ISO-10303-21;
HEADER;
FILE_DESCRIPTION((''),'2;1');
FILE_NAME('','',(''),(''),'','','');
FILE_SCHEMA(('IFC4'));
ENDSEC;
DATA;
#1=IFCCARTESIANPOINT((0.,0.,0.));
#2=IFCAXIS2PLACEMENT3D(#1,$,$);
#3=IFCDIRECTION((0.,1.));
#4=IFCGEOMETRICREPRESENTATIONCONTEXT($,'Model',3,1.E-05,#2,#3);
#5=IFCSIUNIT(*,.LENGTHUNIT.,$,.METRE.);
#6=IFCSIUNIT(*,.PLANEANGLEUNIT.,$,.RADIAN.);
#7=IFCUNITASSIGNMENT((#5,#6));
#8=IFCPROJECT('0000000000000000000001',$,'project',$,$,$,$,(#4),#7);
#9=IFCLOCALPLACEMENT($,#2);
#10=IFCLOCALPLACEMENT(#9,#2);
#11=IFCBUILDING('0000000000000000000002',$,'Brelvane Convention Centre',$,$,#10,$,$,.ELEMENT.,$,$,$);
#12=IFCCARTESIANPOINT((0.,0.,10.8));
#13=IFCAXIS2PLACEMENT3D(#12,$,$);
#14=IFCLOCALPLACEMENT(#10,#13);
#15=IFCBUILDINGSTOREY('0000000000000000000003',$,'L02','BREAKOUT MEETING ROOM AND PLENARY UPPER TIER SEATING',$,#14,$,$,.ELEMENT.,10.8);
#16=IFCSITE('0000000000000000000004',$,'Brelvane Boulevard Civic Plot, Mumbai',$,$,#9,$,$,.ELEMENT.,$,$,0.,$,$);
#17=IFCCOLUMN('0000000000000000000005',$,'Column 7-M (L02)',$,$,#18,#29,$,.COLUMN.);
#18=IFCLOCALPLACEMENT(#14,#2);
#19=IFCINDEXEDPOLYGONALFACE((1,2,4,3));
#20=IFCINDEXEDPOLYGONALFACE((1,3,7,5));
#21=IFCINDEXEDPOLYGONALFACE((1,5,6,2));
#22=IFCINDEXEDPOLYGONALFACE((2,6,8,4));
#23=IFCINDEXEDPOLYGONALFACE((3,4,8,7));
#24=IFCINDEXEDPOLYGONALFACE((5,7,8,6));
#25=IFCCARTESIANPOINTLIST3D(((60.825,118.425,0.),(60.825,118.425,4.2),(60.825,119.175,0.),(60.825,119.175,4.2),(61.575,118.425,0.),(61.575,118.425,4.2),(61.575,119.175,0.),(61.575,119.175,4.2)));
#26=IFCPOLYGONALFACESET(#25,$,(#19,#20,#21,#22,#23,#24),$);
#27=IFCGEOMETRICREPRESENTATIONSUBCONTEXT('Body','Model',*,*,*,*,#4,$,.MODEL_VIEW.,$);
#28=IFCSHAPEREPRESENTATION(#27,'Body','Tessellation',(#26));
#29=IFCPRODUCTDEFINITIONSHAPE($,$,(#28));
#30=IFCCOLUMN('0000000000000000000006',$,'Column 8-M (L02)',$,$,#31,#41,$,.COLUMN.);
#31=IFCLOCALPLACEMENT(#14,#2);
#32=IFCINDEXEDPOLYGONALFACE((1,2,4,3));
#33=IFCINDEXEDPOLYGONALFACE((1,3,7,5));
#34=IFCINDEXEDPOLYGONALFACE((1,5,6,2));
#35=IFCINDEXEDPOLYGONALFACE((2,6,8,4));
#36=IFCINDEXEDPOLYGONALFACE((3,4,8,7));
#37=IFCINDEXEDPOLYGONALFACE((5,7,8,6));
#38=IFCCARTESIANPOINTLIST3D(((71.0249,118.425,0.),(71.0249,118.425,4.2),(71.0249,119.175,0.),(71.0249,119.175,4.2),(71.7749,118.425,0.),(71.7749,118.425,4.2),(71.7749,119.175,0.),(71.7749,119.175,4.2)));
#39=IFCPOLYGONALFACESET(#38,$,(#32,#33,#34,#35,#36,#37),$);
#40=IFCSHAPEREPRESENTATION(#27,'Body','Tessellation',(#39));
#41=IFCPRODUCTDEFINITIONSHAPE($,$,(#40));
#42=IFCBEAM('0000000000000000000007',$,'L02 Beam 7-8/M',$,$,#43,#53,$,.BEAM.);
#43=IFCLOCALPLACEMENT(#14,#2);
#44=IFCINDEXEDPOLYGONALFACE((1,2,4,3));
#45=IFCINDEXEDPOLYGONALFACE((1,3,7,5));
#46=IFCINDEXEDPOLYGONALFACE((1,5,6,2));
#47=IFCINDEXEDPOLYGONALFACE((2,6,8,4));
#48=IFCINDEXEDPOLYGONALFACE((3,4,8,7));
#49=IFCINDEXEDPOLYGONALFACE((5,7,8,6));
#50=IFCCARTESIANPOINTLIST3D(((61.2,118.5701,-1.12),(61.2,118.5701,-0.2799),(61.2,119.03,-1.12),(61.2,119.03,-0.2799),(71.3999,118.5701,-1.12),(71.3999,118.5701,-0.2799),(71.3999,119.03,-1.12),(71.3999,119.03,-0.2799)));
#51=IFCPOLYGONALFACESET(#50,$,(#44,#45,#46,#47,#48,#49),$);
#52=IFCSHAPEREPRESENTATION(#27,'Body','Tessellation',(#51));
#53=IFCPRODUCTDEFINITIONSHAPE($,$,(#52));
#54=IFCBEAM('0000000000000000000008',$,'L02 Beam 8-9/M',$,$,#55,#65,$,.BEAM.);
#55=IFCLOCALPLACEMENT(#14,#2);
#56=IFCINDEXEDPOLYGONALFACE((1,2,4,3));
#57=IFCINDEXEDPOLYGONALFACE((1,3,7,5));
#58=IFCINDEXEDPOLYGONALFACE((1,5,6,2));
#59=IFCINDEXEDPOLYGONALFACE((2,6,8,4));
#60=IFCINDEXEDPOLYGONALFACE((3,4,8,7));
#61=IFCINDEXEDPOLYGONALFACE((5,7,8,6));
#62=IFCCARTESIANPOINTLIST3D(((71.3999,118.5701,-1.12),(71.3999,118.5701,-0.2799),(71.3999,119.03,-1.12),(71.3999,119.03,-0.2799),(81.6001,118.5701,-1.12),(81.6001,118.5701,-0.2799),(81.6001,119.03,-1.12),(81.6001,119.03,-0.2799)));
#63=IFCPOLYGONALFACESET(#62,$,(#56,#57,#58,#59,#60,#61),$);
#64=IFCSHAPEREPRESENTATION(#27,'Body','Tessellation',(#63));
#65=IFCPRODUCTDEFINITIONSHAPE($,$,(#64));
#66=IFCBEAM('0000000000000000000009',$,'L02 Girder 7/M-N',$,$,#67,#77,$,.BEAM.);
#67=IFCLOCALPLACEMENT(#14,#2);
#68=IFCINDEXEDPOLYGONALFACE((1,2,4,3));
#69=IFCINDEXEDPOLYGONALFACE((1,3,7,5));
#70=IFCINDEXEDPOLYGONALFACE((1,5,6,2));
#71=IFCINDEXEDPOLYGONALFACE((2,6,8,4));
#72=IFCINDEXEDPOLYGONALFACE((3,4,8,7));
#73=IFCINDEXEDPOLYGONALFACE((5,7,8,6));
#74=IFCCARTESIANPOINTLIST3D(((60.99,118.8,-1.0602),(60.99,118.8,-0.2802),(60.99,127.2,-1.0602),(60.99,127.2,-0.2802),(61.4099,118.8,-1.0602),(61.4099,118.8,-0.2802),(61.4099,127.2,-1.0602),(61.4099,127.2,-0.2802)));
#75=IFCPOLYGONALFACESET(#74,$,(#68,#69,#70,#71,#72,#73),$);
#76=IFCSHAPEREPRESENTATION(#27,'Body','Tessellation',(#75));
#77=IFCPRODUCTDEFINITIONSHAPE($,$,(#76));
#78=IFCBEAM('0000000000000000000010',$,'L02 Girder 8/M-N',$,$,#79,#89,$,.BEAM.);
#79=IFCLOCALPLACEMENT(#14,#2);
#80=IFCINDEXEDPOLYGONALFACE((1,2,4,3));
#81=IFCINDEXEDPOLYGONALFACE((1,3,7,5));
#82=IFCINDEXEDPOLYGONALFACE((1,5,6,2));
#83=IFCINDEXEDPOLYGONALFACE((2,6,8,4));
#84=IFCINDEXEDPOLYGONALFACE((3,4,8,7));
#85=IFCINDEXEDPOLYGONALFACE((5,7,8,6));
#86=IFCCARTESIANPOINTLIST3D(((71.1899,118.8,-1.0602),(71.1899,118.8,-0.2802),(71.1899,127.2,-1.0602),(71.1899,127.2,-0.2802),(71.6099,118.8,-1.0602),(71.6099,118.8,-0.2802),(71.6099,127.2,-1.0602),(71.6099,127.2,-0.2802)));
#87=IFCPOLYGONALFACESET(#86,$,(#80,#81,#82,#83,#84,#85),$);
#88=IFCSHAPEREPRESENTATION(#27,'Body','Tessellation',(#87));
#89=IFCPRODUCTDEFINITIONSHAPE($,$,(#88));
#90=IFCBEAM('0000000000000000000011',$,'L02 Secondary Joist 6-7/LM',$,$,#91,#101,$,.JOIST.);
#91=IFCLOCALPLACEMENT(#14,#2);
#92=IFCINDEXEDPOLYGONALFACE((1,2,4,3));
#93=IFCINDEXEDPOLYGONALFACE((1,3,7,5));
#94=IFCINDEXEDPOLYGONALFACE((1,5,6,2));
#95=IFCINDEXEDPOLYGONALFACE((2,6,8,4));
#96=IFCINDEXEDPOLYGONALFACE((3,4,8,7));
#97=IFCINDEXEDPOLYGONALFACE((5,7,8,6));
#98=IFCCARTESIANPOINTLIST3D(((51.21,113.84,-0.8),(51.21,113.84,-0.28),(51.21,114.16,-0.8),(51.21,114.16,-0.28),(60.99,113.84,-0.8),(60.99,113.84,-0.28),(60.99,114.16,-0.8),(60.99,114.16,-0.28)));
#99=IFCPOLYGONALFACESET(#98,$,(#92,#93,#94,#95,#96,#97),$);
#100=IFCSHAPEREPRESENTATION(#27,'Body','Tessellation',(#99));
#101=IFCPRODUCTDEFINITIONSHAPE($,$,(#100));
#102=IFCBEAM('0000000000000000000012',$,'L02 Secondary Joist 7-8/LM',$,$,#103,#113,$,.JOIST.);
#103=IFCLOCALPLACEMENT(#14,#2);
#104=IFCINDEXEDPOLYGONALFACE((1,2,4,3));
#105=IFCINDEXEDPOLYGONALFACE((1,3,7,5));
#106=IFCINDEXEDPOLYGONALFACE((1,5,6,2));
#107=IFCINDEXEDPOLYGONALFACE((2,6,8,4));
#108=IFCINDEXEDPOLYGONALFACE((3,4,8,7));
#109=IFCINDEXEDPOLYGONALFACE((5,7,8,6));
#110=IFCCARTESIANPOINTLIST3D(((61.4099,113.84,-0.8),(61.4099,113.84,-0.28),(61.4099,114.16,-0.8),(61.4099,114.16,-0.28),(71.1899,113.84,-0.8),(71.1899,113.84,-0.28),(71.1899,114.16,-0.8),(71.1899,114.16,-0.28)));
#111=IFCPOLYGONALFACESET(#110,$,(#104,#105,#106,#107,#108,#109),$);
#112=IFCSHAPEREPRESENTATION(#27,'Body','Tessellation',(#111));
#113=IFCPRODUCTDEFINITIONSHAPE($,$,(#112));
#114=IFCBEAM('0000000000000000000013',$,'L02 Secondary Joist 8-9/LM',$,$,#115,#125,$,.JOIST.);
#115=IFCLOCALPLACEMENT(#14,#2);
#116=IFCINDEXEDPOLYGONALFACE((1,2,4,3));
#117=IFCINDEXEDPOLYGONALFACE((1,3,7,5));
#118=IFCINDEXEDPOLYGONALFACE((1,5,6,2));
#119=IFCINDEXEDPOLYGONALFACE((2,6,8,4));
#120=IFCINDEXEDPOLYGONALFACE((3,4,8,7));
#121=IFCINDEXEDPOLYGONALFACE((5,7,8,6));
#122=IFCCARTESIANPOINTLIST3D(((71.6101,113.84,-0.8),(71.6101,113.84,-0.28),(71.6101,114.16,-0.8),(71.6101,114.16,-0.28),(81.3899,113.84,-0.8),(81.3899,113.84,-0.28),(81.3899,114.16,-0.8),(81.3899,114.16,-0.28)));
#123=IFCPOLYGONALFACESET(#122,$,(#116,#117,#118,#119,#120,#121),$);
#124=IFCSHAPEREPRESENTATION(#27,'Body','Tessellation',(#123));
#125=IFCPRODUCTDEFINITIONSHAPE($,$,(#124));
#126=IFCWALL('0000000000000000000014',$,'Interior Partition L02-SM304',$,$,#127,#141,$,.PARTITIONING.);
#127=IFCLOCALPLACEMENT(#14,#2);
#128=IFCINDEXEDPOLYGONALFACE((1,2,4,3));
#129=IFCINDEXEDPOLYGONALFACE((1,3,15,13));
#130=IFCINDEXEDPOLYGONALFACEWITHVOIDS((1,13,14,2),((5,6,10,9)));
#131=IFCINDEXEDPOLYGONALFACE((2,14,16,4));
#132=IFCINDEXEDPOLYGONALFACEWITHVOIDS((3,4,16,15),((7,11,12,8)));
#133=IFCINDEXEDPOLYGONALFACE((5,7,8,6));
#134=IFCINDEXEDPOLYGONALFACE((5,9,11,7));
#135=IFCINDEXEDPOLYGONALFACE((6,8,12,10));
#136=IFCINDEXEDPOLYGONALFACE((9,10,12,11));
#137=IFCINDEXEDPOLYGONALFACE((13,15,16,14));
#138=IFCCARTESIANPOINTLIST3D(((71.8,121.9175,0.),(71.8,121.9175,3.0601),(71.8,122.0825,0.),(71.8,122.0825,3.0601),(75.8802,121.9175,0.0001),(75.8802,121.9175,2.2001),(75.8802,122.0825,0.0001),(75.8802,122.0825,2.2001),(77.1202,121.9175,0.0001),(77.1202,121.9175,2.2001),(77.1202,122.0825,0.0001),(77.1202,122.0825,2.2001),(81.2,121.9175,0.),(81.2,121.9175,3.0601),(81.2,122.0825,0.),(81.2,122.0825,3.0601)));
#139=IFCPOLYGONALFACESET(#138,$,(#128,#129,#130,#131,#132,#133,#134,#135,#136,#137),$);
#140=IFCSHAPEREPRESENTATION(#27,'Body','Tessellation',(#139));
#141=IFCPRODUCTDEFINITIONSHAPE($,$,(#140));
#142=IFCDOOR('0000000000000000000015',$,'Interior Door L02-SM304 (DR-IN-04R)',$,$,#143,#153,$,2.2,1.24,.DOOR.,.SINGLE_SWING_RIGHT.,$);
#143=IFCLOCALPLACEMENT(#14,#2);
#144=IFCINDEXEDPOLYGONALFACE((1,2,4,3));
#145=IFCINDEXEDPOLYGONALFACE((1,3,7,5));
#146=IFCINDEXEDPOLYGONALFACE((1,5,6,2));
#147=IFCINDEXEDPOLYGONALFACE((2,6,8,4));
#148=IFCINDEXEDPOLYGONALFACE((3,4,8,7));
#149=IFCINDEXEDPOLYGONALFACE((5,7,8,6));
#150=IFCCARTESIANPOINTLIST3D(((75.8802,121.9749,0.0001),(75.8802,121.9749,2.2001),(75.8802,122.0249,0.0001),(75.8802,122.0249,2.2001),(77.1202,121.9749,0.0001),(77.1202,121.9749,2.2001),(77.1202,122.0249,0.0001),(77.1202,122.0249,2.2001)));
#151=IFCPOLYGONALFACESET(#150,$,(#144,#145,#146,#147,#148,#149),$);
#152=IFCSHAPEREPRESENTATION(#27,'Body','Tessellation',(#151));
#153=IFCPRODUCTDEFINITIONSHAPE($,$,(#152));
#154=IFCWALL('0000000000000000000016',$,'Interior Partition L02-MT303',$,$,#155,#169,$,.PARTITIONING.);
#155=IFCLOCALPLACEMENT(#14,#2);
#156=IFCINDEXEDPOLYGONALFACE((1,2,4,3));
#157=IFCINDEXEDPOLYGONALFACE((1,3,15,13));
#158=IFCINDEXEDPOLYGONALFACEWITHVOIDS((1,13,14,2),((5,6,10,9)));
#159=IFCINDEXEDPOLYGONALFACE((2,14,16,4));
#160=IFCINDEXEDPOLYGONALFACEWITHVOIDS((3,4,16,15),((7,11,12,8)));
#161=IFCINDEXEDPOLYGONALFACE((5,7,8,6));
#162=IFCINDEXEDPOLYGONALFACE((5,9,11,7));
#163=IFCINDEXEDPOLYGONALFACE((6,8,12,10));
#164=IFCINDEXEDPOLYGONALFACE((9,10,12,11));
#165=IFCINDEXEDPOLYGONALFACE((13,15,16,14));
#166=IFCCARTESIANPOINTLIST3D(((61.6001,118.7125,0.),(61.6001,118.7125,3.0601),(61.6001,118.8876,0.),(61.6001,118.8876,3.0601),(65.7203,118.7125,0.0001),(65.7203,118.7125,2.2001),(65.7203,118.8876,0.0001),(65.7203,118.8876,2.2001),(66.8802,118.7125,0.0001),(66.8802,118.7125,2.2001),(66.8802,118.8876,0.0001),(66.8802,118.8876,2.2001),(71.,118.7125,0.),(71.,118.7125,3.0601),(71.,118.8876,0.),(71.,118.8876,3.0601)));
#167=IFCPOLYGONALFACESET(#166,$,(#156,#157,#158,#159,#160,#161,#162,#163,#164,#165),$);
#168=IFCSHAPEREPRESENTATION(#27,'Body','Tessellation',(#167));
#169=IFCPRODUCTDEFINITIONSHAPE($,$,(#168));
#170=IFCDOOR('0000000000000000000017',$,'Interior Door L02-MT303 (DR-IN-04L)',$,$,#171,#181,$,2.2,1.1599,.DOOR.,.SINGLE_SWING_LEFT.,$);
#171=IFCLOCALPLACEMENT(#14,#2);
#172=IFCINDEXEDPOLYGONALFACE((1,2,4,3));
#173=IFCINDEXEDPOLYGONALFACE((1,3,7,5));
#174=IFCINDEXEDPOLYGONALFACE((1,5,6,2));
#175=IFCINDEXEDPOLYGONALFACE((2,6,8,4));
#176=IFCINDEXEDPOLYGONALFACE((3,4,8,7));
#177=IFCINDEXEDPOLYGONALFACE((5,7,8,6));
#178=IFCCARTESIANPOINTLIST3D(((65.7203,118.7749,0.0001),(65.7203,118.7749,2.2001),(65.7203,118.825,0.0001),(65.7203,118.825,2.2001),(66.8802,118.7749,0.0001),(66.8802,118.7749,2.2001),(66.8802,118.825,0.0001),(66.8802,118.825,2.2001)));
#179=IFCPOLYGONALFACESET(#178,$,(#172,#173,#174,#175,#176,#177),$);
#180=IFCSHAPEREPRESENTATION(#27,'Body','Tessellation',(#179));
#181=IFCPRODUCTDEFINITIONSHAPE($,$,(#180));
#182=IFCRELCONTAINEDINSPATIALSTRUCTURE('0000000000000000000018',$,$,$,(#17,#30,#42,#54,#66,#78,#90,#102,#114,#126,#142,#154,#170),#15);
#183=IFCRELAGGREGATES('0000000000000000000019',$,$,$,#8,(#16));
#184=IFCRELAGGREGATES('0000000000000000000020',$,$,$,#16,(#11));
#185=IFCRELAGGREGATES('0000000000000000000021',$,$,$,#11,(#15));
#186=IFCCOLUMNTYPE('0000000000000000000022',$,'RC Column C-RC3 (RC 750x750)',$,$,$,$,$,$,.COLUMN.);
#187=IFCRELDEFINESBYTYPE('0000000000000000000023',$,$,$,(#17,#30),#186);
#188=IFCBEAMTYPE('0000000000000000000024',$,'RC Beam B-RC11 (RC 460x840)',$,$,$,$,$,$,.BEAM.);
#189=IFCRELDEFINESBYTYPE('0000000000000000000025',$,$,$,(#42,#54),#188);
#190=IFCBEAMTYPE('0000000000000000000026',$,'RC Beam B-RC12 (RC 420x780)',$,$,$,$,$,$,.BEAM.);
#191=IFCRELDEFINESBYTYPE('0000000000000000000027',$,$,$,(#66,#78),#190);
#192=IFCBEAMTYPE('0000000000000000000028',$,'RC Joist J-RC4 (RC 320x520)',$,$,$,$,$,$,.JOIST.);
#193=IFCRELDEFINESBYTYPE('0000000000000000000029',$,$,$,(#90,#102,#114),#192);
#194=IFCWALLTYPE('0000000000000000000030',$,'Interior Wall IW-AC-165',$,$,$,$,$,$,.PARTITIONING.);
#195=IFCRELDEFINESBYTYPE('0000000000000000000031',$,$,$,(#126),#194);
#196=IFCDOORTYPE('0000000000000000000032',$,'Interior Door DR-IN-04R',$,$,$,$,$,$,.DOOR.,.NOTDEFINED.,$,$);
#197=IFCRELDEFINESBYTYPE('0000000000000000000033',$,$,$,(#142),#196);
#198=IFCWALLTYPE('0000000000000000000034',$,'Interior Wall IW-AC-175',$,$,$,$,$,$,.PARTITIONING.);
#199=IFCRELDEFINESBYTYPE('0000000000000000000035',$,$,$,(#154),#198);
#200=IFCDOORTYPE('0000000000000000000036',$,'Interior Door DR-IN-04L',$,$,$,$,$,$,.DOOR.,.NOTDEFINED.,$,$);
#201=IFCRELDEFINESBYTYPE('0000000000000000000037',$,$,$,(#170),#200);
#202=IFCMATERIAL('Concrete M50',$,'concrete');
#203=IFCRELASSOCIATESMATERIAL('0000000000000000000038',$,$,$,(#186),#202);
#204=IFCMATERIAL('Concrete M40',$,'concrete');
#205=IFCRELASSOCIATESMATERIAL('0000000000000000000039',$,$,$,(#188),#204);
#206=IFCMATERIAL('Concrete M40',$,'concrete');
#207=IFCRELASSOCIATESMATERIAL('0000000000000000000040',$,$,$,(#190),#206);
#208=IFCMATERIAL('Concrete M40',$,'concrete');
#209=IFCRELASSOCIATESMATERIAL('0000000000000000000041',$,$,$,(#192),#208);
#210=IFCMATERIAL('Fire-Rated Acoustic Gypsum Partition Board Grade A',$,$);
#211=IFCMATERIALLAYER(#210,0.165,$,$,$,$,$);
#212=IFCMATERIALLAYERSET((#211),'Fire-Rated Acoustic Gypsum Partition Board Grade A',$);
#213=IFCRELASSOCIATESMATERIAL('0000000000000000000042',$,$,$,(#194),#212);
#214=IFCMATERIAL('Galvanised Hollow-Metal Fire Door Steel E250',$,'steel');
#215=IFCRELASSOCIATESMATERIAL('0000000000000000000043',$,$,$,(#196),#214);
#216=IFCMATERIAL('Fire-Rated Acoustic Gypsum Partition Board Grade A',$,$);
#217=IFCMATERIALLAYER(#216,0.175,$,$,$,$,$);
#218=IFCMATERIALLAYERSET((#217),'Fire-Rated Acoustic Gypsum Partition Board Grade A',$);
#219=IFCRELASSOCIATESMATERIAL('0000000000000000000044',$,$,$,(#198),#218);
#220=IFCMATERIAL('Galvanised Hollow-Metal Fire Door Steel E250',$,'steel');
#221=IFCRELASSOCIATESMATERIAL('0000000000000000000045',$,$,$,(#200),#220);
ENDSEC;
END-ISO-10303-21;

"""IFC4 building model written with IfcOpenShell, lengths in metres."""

from ifc_helpers import new_model, si_unit, direction, frame, frame_2d, origin, origin_2d, place, context, subcontext, project, spatial, rectangle, extrude, material, layer, layer_set, material_profile, profile_set, type_object, element, fill, save


model = new_model("IFC4")

# Units and contexts
model_context = context("Model", 3, precision=1e-05, world=origin(), true_north=direction((0.0, 1.0)))
body_context = subcontext(model_context, "Body", "Model", "MODEL_VIEW")
ifc_project = project(units=[si_unit("LENGTHUNIT", "METRE"), si_unit("PLANEANGLEUNIT", "RADIAN")], contexts=[model_context])

# Site, building, storey
site_placement = place(None, origin())
site = spatial("IfcSite", under=ifc_project, at=site_placement, Name="Brelvane Boulevard Civic Plot, Mumbai", CompositionType="ELEMENT", RefElevation=0.0)
building_placement = place(site_placement, origin())
building = spatial("IfcBuilding", under=site, at=building_placement, Name="Brelvane Convention Centre", CompositionType="ELEMENT")
storey_placement = place(building_placement, frame((0.0, 0.0, 10.8)))
storey = spatial("IfcBuildingStorey", under=building, at=storey_placement, Name="L02", Description="BREAKOUT MEETING ROOM AND PLENARY UPPER TIER SEATING", CompositionType="ELEMENT", Elevation=10.8)

# Columns
ifc_material_1 = material(Name="Concrete M50", Category="concrete")
ifc_material_profile_1 = material_profile(ifc_material_1, rectangle(XDim=0.75, YDim=0.75, at=origin_2d()), Name="RC 750x750")
ifc_profile_set_1 = profile_set([ifc_material_profile_1], Name="Concrete M50")
column_type = type_object("IfcColumnType", Name="RC Column C-RC3 (RC 750x750)", PredefinedType="COLUMN", material=ifc_profile_set_1)
for number, where, z_axis, x_axis, name in (
    (1, (61.2, 118.8, 0.0), (0.0, 0.0, 1.0), (1.0, 0.0, 0.0), "Column 7-M (L02)"),
    (2, (71.3999, 118.8, 0.0), (0.0, 0.0, 1.0), (1.0, 0.0, 0.0), "Column 8-M (L02)"),
):
    element("IfcColumn", number, at=place(storey_placement, frame(where, z_axis=z_axis, x_axis=x_axis)), inside=storey, type_object=column_type, Name=name, PredefinedType="COLUMN", context=body_context, shape_type="SweptSolid", body=[
        extrude(rectangle(XDim=0.75, YDim=0.75, at=origin_2d()), origin(), (0.0, 0.0, 1.0), 4.2),
    ])

# Beams
ifc_material_2 = material(Name="Concrete M40", Category="concrete")
ifc_material_profile_2 = material_profile(ifc_material_2, rectangle(XDim=0.46, YDim=0.8401, at=origin_2d()), Name="RC 460x840")
ifc_profile_set_2 = profile_set([ifc_material_profile_2], Name="Concrete M40")
beam_type_1 = type_object("IfcBeamType", Name="RC Beam B-RC11 (RC 460x840)", PredefinedType="BEAM", material=ifc_profile_set_2)
beam_1_placement = place(storey_placement, frame((61.2, 118.8, -0.7), z_axis=(1.0, 0.0, 0.0), x_axis=(0.0, 1.0, 0.0)))
element("IfcBeam", 3, at=beam_1_placement, inside=storey, type_object=beam_type_1, Name="L02 Beam 7-8/M", PredefinedType="BEAM", context=body_context, shape_type="SweptSolid", body=[
    extrude(rectangle(XDim=0.46, YDim=0.8401, at=origin_2d()), origin(), (0.0, 0.0, 1.0), 10.2),
])
beam_2_placement = place(storey_placement, frame((71.3999, 118.8, -0.7), z_axis=(1.0, 0.0, 0.0), x_axis=(0.0, 1.0, 0.0)))
element("IfcBeam", 4, at=beam_2_placement, inside=storey, type_object=beam_type_1, Name="L02 Beam 8-9/M", PredefinedType="BEAM", context=body_context, shape_type="SweptSolid", body=[
    extrude(rectangle(XDim=0.46, YDim=0.8401, at=origin_2d()), origin(), (0.0, 0.0, 1.0), 10.2002),
])
ifc_material_3 = material(Name="Concrete M40", Category="concrete")
ifc_material_profile_3 = material_profile(ifc_material_3, rectangle(XDim=0.4199, YDim=0.78, at=origin_2d()), Name="RC 420x780")
ifc_profile_set_3 = profile_set([ifc_material_profile_3], Name="Concrete M40")
beam_type_2 = type_object("IfcBeamType", Name="RC Beam B-RC12 (RC 420x780)", PredefinedType="BEAM", material=ifc_profile_set_3)
for number, where, z_axis, x_axis, name in (
    (5, (61.2, 118.8, -0.6702), (0.0, 1.0, 0.0), (-1.0, 0.0, 0.0), "L02 Girder 7/M-N"),
    (6, (71.3999, 118.8, -0.6702), (0.0, 1.0, 0.0), (-1.0, 0.0, 0.0), "L02 Girder 8/M-N"),
):
    element("IfcBeam", number, at=place(storey_placement, frame(where, z_axis=z_axis, x_axis=x_axis)), inside=storey, type_object=beam_type_2, Name=name, PredefinedType="BEAM", context=body_context, shape_type="SweptSolid", body=[
        extrude(rectangle(XDim=0.4199, YDim=0.78, at=origin_2d()), origin(), (0.0, 0.0, 1.0), 8.3999),
    ])
ifc_material_4 = material(Name="Concrete M40", Category="concrete")
ifc_material_profile_4 = material_profile(ifc_material_4, rectangle(XDim=0.3201, YDim=0.52, at=origin_2d()), Name="RC 320x520")
ifc_profile_set_4 = profile_set([ifc_material_profile_4], Name="Concrete M40")
beam_type_3 = type_object("IfcBeamType", Name="RC Joist J-RC4 (RC 320x520)", PredefinedType="JOIST", material=ifc_profile_set_4)
for number, where, z_axis, x_axis, name in (
    (7, (51.21, 114.0, -0.54), (1.0, 0.0, 0.0), (0.0, 1.0, 0.0), "L02 Secondary Joist 6-7/LM"),
    (8, (61.4099, 114.0, -0.54), (1.0, 0.0, 0.0), (0.0, 1.0, 0.0), "L02 Secondary Joist 7-8/LM"),
):
    element("IfcBeam", number, at=place(storey_placement, frame(where, z_axis=z_axis, x_axis=x_axis)), inside=storey, type_object=beam_type_3, Name=name, PredefinedType="JOIST", context=body_context, shape_type="SweptSolid", body=[
        extrude(rectangle(XDim=0.3201, YDim=0.52, at=origin_2d()), origin(), (0.0, 0.0, 1.0), 9.78),
    ])
beam_3_placement = place(storey_placement, frame((71.6101, 114.0, -0.54), z_axis=(1.0, 0.0, 0.0), x_axis=(0.0, 1.0, 0.0)))
element("IfcBeam", 9, at=beam_3_placement, inside=storey, type_object=beam_type_3, Name="L02 Secondary Joist 8-9/LM", PredefinedType="JOIST", context=body_context, shape_type="SweptSolid", body=[
    extrude(rectangle(XDim=0.3201, YDim=0.52, at=origin_2d()), origin(), (0.0, 0.0, 1.0), 9.7798),
])

# Walls, openings, doors
ifc_material_5 = material(Name="Fire-Rated Acoustic Gypsum Partition Board Grade A")
ifc_layer_1 = layer(ifc_material_5, 0.165)
ifc_layer_set_1 = layer_set([ifc_layer_1], Name="Fire-Rated Acoustic Gypsum Partition Board Grade A")
wall_type_1 = type_object("IfcWallType", Name="Interior Wall IW-AC-165", PredefinedType="PARTITIONING", material=ifc_layer_set_1)
wall_1_placement = place(storey_placement, frame((71.8, 122.0, 0.0), z_axis=(0.0, 0.0, 1.0), x_axis=(1.0, 0.0, 0.0)))
wall_1 = element("IfcWall", 10, at=wall_1_placement, inside=storey, type_object=wall_type_1, Name="Interior Partition L02-SM304", PredefinedType="PARTITIONING", context=body_context, shape_type="SweptSolid", body=[
    extrude(rectangle(XDim=9.3999, YDim=0.165, at=frame_2d((4.7, 0.0))), origin(), (0.0, 0.0, 1.0), 3.0601),
])
opening_1_placement = place(wall_1_placement, frame((4.0801, 0.0, 0.0)))
opening_1 = element("IfcOpeningElement", 11, at=opening_1_placement, cuts=wall_1, PredefinedType="OPENING", context=body_context, shape_type="SweptSolid", body=[
    extrude(rectangle(XDim=1.24, YDim=2.2, at=frame_2d((0.6201, 1.1001))), frame((0.0, 0.0925, 0.0), z_axis=(0.0, -1.0, 0.0), x_axis=(1.0, 0.0, 0.0)), (0.0, 0.0, 1.0), 0.1851),
])
ifc_material_6 = material(Name="Galvanised Hollow-Metal Fire Door Steel E250", Category="steel")
door_type_1 = type_object("IfcDoorType", Name="Interior Door DR-IN-04R", OperationType="NOTDEFINED", PredefinedType="DOOR", material=ifc_material_6)
door_1_placement = place(opening_1_placement, origin())
door_1 = element("IfcDoor", 12, at=door_1_placement, inside=storey, type_object=door_type_1, Name="Interior Door L02-SM304 (DR-IN-04R)", OperationType="SINGLE_SWING_RIGHT", OverallHeight=2.2, OverallWidth=1.24, PredefinedType="DOOR", context=body_context, shape_type="SweptSolid", body=[
    extrude(rectangle(XDim=1.24, YDim=2.2, at=frame_2d((0.6201, 1.1001))), frame((0.0, 0.0249, 0.0), z_axis=(0.0, -1.0, 0.0), x_axis=(1.0, 0.0, 0.0)), (0.0, 0.0, 1.0), 0.05),
])
fill(opening_1, door_1)
ifc_material_7 = material(Name="Fire-Rated Acoustic Gypsum Partition Board Grade A")
ifc_layer_2 = layer(ifc_material_7, 0.175)
ifc_layer_set_2 = layer_set([ifc_layer_2], Name="Fire-Rated Acoustic Gypsum Partition Board Grade A")
wall_type_2 = type_object("IfcWallType", Name="Interior Wall IW-AC-175", PredefinedType="PARTITIONING", material=ifc_layer_set_2)
wall_2_placement = place(storey_placement, frame((61.6001, 118.8, 0.0), z_axis=(0.0, 0.0, 1.0), x_axis=(1.0, 0.0, 0.0)))
wall_2 = element("IfcWall", 13, at=wall_2_placement, inside=storey, type_object=wall_type_2, Name="Interior Partition L02-MT303", PredefinedType="PARTITIONING", context=body_context, shape_type="SweptSolid", body=[
    extrude(rectangle(XDim=9.3999, YDim=0.175, at=frame_2d((4.7, 0.0))), origin(), (0.0, 0.0, 1.0), 3.0601),
])
opening_2_placement = place(wall_2_placement, frame((4.1201, 0.0, 0.0)))
opening_2 = element("IfcOpeningElement", 14, at=opening_2_placement, cuts=wall_2, PredefinedType="OPENING", context=body_context, shape_type="SweptSolid", body=[
    extrude(rectangle(XDim=1.1599, YDim=2.2, at=frame_2d((0.5801, 1.1001))), frame((0.0, 0.0974, 0.0), z_axis=(0.0, -1.0, 0.0), x_axis=(1.0, 0.0, 0.0)), (0.0, 0.0, 1.0), 0.1951),
])
ifc_material_8 = material(Name="Galvanised Hollow-Metal Fire Door Steel E250", Category="steel")
door_type_2 = type_object("IfcDoorType", Name="Interior Door DR-IN-04L", OperationType="NOTDEFINED", PredefinedType="DOOR", material=ifc_material_8)
door_2_placement = place(opening_2_placement, origin())
door_2 = element("IfcDoor", 15, at=door_2_placement, inside=storey, type_object=door_type_2, Name="Interior Door L02-MT303 (DR-IN-04L)", OperationType="SINGLE_SWING_LEFT", OverallHeight=2.2, OverallWidth=1.1599, PredefinedType="DOOR", context=body_context, shape_type="SweptSolid", body=[
    extrude(rectangle(XDim=1.1599, YDim=2.2, at=frame_2d((0.5801, 1.1001))), frame((0.0, 0.0249, 0.0), z_axis=(0.0, -1.0, 0.0), x_axis=(1.0, 0.0, 0.0)), (0.0, 0.0, 1.0), 0.05),
])
fill(opening_2, door_2)

save(model, "model.ifc")
